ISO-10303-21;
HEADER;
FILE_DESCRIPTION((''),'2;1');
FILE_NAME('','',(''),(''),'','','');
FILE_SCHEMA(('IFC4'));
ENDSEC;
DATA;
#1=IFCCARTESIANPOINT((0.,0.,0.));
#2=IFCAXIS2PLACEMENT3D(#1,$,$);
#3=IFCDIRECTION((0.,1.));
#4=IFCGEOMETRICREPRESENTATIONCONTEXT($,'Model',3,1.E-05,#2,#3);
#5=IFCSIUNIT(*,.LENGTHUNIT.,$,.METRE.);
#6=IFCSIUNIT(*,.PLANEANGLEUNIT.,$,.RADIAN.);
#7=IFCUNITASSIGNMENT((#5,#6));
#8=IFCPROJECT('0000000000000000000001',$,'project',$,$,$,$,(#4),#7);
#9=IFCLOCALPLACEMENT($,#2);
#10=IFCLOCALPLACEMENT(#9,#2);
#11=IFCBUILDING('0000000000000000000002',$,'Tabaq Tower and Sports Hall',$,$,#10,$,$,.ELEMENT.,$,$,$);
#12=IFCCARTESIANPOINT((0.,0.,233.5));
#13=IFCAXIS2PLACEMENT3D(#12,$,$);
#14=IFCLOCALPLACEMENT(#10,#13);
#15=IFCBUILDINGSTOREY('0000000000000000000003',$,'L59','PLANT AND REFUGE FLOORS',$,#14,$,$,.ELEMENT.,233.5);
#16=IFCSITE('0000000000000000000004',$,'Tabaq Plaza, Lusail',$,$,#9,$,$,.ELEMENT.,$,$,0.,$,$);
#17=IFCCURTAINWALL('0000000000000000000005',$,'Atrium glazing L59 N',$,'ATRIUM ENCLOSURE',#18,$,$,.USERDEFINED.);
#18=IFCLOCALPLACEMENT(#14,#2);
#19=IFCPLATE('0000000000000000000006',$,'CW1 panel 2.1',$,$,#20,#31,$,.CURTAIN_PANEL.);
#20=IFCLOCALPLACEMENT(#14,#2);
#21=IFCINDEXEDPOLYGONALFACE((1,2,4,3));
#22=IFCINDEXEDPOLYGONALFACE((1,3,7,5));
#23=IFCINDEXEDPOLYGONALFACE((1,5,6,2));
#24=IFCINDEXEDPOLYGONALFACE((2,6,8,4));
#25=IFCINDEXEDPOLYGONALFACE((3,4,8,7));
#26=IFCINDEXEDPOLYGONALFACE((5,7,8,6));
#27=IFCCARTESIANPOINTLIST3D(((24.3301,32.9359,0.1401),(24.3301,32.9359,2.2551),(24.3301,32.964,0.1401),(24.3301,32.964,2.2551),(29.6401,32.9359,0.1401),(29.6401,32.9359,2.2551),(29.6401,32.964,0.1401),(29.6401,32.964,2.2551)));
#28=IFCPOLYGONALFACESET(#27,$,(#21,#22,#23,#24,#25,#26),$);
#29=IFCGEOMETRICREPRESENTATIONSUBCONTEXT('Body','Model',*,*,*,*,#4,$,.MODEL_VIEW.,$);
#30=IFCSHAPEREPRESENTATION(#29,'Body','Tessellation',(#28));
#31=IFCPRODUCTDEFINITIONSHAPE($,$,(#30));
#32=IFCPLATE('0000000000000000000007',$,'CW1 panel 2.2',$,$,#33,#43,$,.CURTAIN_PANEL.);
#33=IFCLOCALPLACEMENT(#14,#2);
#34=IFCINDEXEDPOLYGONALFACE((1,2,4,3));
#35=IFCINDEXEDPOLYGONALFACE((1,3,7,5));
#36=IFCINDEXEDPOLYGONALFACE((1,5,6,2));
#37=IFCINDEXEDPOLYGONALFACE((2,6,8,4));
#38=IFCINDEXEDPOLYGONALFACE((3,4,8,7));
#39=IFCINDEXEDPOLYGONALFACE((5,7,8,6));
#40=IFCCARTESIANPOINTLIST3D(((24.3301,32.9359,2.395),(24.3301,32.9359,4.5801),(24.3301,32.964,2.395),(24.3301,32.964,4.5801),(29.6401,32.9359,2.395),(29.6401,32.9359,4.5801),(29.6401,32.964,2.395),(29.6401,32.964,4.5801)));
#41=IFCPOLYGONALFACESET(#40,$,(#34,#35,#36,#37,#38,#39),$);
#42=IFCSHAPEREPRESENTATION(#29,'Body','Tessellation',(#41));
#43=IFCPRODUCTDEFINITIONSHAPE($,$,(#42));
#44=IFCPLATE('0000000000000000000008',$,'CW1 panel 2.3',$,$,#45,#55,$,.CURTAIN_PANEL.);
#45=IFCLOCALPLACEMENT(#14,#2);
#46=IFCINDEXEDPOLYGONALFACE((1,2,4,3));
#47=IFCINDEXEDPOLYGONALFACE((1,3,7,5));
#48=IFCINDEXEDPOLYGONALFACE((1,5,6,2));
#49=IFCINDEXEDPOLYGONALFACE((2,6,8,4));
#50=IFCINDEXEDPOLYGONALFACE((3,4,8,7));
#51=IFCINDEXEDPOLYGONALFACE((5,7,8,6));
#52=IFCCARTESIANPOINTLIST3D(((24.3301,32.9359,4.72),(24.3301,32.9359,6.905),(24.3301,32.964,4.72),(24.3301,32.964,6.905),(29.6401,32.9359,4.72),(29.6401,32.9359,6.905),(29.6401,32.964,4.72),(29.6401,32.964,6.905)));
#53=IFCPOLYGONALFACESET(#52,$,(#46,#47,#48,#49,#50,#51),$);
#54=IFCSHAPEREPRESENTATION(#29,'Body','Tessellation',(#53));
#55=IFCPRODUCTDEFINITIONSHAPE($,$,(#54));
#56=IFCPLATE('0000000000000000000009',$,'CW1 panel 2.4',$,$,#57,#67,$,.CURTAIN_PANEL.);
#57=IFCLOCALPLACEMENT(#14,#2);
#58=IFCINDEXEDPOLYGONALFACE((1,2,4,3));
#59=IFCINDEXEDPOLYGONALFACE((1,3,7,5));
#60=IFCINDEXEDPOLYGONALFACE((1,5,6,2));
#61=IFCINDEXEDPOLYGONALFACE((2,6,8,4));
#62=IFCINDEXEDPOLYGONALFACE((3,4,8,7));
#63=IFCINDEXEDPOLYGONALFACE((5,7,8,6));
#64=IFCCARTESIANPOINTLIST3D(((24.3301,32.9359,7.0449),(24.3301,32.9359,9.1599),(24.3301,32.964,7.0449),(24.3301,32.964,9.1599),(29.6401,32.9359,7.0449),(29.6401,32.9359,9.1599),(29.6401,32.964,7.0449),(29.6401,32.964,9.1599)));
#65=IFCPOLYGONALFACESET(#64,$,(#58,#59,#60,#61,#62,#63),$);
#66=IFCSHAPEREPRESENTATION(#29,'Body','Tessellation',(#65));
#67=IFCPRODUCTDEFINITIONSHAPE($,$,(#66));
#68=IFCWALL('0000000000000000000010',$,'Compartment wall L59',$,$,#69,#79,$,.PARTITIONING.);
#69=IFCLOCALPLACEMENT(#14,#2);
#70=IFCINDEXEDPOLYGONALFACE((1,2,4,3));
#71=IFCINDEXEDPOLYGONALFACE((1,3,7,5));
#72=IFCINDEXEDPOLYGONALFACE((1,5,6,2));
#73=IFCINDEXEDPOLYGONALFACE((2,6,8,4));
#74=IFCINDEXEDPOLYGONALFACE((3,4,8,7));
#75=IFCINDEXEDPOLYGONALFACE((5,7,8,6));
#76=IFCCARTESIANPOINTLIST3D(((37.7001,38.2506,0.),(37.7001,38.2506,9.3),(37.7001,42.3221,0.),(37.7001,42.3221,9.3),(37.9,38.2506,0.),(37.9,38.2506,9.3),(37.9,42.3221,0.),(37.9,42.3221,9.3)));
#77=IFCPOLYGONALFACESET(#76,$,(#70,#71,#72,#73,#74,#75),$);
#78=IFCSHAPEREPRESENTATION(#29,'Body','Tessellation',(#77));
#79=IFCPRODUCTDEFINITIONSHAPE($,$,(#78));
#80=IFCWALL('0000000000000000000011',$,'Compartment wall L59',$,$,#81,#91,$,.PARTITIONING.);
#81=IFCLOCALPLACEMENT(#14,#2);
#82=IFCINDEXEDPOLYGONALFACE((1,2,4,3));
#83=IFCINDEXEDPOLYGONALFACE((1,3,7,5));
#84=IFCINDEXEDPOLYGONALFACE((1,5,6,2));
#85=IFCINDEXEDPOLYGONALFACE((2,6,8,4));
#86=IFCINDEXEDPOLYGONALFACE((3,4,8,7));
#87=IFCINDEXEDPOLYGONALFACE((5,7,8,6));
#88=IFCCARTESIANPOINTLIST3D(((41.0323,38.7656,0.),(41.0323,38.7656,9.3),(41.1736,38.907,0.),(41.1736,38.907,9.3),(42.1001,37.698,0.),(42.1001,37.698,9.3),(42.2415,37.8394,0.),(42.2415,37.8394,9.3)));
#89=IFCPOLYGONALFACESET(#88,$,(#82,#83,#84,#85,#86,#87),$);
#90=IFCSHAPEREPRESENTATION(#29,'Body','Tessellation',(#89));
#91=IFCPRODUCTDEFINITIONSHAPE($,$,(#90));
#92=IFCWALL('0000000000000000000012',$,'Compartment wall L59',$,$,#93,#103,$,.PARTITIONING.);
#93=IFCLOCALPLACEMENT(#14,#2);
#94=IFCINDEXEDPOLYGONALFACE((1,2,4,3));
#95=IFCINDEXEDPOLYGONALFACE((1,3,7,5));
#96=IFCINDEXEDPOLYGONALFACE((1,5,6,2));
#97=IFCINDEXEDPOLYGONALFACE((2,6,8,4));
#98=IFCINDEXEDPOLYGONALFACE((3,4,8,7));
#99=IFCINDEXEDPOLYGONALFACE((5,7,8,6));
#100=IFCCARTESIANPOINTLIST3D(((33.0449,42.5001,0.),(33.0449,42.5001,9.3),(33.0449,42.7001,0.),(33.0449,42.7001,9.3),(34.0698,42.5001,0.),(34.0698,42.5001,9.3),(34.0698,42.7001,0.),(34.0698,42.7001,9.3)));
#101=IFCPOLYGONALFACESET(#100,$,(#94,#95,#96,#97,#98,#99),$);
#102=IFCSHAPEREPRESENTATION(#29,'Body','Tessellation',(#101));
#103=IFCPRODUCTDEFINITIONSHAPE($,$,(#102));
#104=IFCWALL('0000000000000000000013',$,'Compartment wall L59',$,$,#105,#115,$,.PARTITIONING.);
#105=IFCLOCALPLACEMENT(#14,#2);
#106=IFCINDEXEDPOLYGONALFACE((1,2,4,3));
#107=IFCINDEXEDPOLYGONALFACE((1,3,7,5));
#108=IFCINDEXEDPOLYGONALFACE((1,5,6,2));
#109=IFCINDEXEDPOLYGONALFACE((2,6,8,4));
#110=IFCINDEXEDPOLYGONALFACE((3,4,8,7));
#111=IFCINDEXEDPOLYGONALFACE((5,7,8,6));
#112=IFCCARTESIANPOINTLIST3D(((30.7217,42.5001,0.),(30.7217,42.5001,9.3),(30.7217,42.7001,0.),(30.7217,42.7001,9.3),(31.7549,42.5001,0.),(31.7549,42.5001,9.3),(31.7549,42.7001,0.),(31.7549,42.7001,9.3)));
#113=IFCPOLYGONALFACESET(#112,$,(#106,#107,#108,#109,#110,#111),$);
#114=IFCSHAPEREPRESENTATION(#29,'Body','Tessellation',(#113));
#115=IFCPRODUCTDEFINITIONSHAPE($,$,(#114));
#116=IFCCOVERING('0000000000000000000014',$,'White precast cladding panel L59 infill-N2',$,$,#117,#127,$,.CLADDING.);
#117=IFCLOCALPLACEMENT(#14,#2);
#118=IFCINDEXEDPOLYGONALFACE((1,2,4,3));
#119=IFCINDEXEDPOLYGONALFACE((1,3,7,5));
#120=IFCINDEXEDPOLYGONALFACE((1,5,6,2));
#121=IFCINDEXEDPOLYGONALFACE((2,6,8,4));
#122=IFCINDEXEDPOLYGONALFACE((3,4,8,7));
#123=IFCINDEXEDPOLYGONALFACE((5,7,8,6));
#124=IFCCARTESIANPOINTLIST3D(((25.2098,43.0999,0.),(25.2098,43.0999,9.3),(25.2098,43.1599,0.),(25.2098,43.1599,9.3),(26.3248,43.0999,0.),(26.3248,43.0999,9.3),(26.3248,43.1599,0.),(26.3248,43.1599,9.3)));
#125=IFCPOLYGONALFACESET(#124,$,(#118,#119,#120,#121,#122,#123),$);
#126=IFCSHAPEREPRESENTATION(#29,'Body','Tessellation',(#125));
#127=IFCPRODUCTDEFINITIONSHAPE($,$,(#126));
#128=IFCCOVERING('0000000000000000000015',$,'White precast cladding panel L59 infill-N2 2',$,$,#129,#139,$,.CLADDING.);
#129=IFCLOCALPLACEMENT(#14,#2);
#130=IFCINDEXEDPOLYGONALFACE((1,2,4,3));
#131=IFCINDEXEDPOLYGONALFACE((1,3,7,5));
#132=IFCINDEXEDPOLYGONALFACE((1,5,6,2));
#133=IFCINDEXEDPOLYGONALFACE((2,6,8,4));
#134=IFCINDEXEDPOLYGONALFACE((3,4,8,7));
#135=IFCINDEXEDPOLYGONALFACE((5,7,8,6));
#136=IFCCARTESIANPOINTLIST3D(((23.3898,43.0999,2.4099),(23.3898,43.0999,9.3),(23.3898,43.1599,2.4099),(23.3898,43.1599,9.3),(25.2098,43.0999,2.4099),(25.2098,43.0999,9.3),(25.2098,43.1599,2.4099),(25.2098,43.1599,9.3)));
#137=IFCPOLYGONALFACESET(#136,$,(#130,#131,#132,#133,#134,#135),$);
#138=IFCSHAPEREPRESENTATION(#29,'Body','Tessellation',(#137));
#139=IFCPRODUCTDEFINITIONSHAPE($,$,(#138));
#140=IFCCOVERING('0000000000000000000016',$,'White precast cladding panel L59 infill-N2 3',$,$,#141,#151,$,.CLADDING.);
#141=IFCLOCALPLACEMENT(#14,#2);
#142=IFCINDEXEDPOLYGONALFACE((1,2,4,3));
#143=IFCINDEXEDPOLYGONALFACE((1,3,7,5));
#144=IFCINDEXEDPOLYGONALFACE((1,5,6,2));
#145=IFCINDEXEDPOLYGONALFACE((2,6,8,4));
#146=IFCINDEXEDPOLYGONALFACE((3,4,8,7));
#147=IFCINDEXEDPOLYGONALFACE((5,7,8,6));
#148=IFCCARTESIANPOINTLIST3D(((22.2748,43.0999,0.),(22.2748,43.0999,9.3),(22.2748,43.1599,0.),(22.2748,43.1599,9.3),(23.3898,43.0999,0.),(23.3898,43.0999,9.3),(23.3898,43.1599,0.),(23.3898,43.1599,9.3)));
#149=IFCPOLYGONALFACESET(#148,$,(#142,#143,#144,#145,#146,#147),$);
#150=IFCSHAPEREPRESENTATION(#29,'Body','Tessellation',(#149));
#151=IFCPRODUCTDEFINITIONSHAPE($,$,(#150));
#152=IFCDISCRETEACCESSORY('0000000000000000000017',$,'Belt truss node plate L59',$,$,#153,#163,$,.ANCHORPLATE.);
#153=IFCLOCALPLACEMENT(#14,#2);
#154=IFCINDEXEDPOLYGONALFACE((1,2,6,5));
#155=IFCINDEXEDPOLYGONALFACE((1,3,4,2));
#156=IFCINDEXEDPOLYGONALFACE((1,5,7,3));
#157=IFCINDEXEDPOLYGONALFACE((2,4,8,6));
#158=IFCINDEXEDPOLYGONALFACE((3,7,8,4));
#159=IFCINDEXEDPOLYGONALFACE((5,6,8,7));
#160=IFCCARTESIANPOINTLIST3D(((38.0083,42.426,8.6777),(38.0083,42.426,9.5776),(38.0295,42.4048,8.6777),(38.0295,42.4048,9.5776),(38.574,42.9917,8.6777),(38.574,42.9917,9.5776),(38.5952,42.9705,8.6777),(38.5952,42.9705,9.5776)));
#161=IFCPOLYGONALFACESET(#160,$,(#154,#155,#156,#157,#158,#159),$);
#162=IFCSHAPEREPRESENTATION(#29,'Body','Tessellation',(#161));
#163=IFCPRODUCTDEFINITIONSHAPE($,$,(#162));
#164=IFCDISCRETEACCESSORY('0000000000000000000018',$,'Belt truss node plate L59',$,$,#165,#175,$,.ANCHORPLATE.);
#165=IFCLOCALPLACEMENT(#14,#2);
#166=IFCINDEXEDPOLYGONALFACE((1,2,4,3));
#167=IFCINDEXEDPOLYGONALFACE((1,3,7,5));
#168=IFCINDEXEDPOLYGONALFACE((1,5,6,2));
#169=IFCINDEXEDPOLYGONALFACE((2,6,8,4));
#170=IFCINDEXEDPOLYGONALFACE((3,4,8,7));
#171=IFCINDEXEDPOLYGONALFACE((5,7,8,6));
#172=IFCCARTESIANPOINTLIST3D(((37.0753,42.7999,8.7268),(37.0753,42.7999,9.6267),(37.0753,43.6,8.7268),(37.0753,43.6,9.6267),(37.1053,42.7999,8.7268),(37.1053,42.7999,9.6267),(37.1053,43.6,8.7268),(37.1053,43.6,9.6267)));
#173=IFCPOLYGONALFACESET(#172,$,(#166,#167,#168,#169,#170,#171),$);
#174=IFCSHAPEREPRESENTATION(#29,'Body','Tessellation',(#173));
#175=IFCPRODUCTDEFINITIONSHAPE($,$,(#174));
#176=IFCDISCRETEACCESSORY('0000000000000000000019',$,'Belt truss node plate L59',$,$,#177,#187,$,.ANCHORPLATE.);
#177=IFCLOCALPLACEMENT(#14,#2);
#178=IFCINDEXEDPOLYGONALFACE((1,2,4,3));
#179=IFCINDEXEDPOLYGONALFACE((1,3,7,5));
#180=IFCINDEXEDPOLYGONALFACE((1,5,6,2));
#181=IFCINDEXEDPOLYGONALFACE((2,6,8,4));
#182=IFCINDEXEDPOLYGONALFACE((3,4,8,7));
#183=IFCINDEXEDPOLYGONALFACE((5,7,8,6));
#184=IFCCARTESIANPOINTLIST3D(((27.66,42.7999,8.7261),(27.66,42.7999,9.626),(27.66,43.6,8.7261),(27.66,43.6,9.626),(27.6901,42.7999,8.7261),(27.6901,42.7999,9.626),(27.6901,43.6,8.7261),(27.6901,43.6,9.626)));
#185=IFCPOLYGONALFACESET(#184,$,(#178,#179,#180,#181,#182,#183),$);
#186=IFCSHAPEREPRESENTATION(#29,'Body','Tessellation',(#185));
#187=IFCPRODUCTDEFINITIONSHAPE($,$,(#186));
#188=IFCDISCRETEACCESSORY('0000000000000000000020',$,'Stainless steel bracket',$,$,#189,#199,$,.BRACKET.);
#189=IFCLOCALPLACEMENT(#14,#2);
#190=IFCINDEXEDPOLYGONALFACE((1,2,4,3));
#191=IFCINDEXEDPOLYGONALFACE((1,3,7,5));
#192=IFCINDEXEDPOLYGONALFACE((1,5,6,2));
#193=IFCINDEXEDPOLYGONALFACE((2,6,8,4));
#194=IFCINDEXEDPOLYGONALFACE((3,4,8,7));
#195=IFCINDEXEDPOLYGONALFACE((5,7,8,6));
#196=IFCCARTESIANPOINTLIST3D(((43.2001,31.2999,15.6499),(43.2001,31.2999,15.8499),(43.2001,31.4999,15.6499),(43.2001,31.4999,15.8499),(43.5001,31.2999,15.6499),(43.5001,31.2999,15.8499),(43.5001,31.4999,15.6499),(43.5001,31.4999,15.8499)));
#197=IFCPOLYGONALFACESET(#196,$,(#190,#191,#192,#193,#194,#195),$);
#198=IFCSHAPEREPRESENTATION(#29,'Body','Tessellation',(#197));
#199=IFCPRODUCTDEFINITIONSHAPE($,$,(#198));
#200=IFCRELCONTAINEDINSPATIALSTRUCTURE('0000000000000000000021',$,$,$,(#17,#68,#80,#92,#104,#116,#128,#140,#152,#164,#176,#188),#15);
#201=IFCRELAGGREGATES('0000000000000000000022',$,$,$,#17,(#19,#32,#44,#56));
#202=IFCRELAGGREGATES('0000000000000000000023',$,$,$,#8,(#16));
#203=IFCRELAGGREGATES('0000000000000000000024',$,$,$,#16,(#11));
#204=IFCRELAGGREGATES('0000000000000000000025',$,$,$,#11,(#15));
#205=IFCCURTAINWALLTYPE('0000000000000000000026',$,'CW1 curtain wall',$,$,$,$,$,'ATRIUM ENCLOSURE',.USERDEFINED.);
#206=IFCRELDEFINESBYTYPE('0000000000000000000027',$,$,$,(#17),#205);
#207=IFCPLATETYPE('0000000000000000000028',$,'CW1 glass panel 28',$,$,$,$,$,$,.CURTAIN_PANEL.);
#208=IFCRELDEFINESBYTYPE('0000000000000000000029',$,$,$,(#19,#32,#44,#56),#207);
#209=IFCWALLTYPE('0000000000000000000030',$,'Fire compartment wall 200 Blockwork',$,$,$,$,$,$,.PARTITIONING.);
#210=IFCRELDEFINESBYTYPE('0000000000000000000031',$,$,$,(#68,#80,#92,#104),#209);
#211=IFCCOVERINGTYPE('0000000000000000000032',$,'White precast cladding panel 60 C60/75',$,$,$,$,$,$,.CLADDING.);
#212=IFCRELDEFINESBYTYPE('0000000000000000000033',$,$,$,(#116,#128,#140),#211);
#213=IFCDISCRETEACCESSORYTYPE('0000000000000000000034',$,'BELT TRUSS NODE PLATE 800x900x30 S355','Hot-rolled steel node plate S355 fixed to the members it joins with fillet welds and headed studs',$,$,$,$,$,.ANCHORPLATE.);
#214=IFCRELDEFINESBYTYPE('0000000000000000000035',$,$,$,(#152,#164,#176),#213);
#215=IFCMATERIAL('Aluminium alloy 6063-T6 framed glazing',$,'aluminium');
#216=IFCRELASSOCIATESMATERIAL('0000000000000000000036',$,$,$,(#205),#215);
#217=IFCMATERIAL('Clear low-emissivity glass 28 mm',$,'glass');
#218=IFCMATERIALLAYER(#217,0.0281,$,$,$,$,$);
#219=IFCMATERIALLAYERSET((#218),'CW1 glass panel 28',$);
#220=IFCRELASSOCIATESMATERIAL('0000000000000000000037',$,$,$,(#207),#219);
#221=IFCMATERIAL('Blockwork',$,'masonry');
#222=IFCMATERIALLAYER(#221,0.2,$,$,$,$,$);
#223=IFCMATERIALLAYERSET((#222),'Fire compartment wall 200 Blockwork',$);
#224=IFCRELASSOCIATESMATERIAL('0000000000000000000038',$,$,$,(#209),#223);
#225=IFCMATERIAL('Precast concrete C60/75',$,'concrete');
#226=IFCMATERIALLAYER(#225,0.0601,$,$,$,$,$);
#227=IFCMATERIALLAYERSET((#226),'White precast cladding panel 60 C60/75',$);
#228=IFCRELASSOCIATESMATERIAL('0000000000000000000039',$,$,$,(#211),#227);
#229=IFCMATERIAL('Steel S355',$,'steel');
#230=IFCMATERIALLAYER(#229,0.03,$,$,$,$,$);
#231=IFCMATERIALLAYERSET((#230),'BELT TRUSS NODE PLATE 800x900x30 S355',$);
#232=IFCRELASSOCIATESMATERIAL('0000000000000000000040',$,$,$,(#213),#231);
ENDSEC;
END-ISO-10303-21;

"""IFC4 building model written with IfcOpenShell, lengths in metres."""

from ifc_helpers import new_model, si_unit, direction, frame, frame_2d, origin, origin_2d, place, context, subcontext, project, spatial, rectangle, extrude, material, layer, layer_set, type_object, element, aggregate, save


model = new_model("IFC4")

# Units and contexts
model_context = context("Model", 3, precision=1e-05, world=origin(), true_north=direction((0.0, 1.0)))
body_context = subcontext(model_context, "Body", "Model", "MODEL_VIEW")
ifc_project = project(units=[si_unit("LENGTHUNIT", "METRE"), si_unit("PLANEANGLEUNIT", "RADIAN")], contexts=[model_context])

# Site, building, storey
site_placement = place(None, origin())
site = spatial("IfcSite", under=ifc_project, at=site_placement, Name="Tabaq Plaza, Lusail", CompositionType="ELEMENT", RefElevation=0.0)
building_placement = place(site_placement, origin())
building = spatial("IfcBuilding", under=site, at=building_placement, Name="Tabaq Tower and Sports Hall", CompositionType="ELEMENT")
storey_placement = place(building_placement, frame((0.0, 0.0, 233.5)))
storey = spatial("IfcBuildingStorey", under=building, at=storey_placement, Name="L59", Description="PLANT AND REFUGE FLOORS", CompositionType="ELEMENT", Elevation=233.5)

# Curtain wall
ifc_material_1 = material(Name="Aluminium alloy 6063-T6 framed glazing", Category="aluminium")
curtain_wall_type = type_object("IfcCurtainWallType", Name="CW1 curtain wall", ElementType="ATRIUM ENCLOSURE", PredefinedType="USERDEFINED", material=ifc_material_1)
curtain_wall_placement = place(storey_placement, origin())
curtain_wall = element("IfcCurtainWall", 1, at=curtain_wall_placement, inside=storey, type_object=curtain_wall_type, Name="Atrium glazing L59 N", ObjectType="ATRIUM ENCLOSURE", PredefinedType="USERDEFINED")

# Plates
ifc_material_2 = material(Name="Clear low-emissivity glass 28 mm", Category="glass")
ifc_layer_1 = layer(ifc_material_2, 0.0281)
ifc_layer_set_1 = layer_set([ifc_layer_1], Name="CW1 glass panel 28")
plate_type_1 = type_object("IfcPlateType", Name="CW1 glass panel 28", PredefinedType="CURTAIN_PANEL", material=ifc_layer_set_1)
plate_1_placement = place(storey_placement, frame((26.9851, 32.95, 0.1401), z_axis=(0.0, 0.0, 1.0), x_axis=(1.0, 0.0, 0.0)))
plate_1 = element("IfcPlate", 2, at=plate_1_placement, type_object=plate_type_1, Name="CW1 panel 2.1", PredefinedType="CURTAIN_PANEL", context=body_context, shape_type="SweptSolid", body=[
    extrude(rectangle(XDim=5.3101, YDim=0.0281, at=origin_2d()), origin(), (0.0, 0.0, 1.0), 2.115),
])
plate_2_placement = place(storey_placement, frame((26.9851, 32.95, 2.395), z_axis=(0.0, 0.0, 1.0), x_axis=(1.0, 0.0, 0.0)))
plate_2 = element("IfcPlate", 3, at=plate_2_placement, type_object=plate_type_1, Name="CW1 panel 2.2", PredefinedType="CURTAIN_PANEL", context=body_context, shape_type="SweptSolid", body=[
    extrude(rectangle(XDim=5.3101, YDim=0.0281, at=origin_2d()), origin(), (0.0, 0.0, 1.0), 2.1851),
])
plate_3_placement = place(storey_placement, frame((26.9851, 32.95, 4.72), z_axis=(0.0, 0.0, 1.0), x_axis=(1.0, 0.0, 0.0)))
plate_3 = element("IfcPlate", 4, at=plate_3_placement, type_object=plate_type_1, Name="CW1 panel 2.3", PredefinedType="CURTAIN_PANEL", context=body_context, shape_type="SweptSolid", body=[
    extrude(rectangle(XDim=5.3101, YDim=0.0281, at=origin_2d()), origin(), (0.0, 0.0, 1.0), 2.1851),
])
plate_4_placement = place(storey_placement, frame((26.9851, 32.95, 7.0449), z_axis=(0.0, 0.0, 1.0), x_axis=(1.0, 0.0, 0.0)))
plate_4 = element("IfcPlate", 5, at=plate_4_placement, type_object=plate_type_1, Name="CW1 panel 2.4", PredefinedType="CURTAIN_PANEL", context=body_context, shape_type="SweptSolid", body=[
    extrude(rectangle(XDim=5.3101, YDim=0.0281, at=origin_2d()), origin(), (0.0, 0.0, 1.0), 2.115),
])
aggregate(curtain_wall, [plate_1, plate_2, plate_3, plate_4])

# Walls
ifc_material_3 = material(Name="Blockwork", Category="masonry")
ifc_layer_2 = layer(ifc_material_3, 0.2)
ifc_layer_set_2 = layer_set([ifc_layer_2], Name="Fire compartment wall 200 Blockwork")
wall_type_1 = type_object("IfcWallType", Name="Fire compartment wall 200 Blockwork", PredefinedType="PARTITIONING", material=ifc_layer_set_2)
wall_1_placement = place(storey_placement, frame((37.8, 38.2507, 0.0), z_axis=(0.0, 0.0, 1.0), x_axis=(0.0, 1.0, 0.0)))
element("IfcWall", 6, at=wall_1_placement, inside=storey, type_object=wall_type_1, Name="Compartment wall L59", PredefinedType="PARTITIONING", context=body_context, shape_type="SweptSolid", body=[
    extrude(rectangle(XDim=4.0715, YDim=0.2, at=frame_2d((2.0356, 0.0))), origin(), (0.0, 0.0, 1.0), 9.3),
])
wall_2_placement = place(storey_placement, frame((41.103, 38.8362, 0.0), z_axis=(0.0, 0.0, 1.0), x_axis=(0.707188, -0.707026, 0.0)))
element("IfcWall", 7, at=wall_2_placement, inside=storey, type_object=wall_type_1, Name="Compartment wall L59", PredefinedType="PARTITIONING", context=body_context, shape_type="SweptSolid", body=[
    extrude(rectangle(XDim=1.51, YDim=0.2, at=frame_2d((0.7549, 0.0))), origin(), (0.0, 0.0, 1.0), 9.3),
])
wall_3_placement = place(storey_placement, frame((33.0449, 42.6001, 0.0), z_axis=(0.0, 0.0, 1.0), x_axis=(1.0, 0.0, 0.0)))
element("IfcWall", 8, at=wall_3_placement, inside=storey, type_object=wall_type_1, Name="Compartment wall L59", PredefinedType="PARTITIONING", context=body_context, shape_type="SweptSolid", body=[
    extrude(rectangle(XDim=1.0249, YDim=0.2, at=frame_2d((0.5125, 0.0))), origin(), (0.0, 0.0, 1.0), 9.3),
])
wall_4_placement = place(storey_placement, frame((30.7217, 42.6001, 0.0), z_axis=(0.0, 0.0, 1.0), x_axis=(1.0, 0.0, 0.0)))
element("IfcWall", 9, at=wall_4_placement, inside=storey, type_object=wall_type_1, Name="Compartment wall L59", PredefinedType="PARTITIONING", context=body_context, shape_type="SweptSolid", body=[
    extrude(rectangle(XDim=1.0332, YDim=0.2, at=frame_2d((0.5166, 0.0))), origin(), (0.0, 0.0, 1.0), 9.3),
])

# Coverings
ifc_material_4 = material(Name="Precast concrete C60/75", Category="concrete")
ifc_layer_3 = layer(ifc_material_4, 0.0601)
ifc_layer_set_3 = layer_set([ifc_layer_3], Name="White precast cladding panel 60 C60/75")
covering_type = type_object("IfcCoveringType", Name="White precast cladding panel 60 C60/75", PredefinedType="CLADDING", material=ifc_layer_set_3)
covering_1_placement = place(storey_placement, frame((26.325, 43.1299, 0.0), z_axis=(0.0, 0.0, 1.0), x_axis=(-1.0, 0.0, 0.0)))
element("IfcCovering", 10, at=covering_1_placement, inside=storey, type_object=covering_type, Name="White precast cladding panel L59 infill-N2", PredefinedType="CLADDING", context=body_context, shape_type="SweptSolid", body=[
    extrude(rectangle(XDim=1.115, YDim=0.0601, at=frame_2d((0.5576, 0.0))), origin(), (0.0, 0.0, 1.0), 9.3),
])
covering_2_placement = place(storey_placement, frame((25.21, 43.1299, 2.4099), z_axis=(0.0, 0.0, 1.0), x_axis=(-1.0, 0.0, 0.0)))
element("IfcCovering", 11, at=covering_2_placement, inside=storey, type_object=covering_type, Name="White precast cladding panel L59 infill-N2 2", PredefinedType="CLADDING", context=body_context, shape_type="SweptSolid", body=[
    extrude(rectangle(XDim=1.8201, YDim=0.0601, at=frame_2d((0.9102, 0.0))), origin(), (0.0, 0.0, 1.0), 6.8901),
])
covering_3_placement = place(storey_placement, frame((23.3899, 43.1299, 0.0), z_axis=(0.0, 0.0, 1.0), x_axis=(-1.0, 0.0, 0.0)))
element("IfcCovering", 12, at=covering_3_placement, inside=storey, type_object=covering_type, Name="White precast cladding panel L59 infill-N2 3", PredefinedType="CLADDING", context=body_context, shape_type="SweptSolid", body=[
    extrude(rectangle(XDim=1.115, YDim=0.0601, at=frame_2d((0.5576, 0.0))), origin(), (0.0, 0.0, 1.0), 9.3),
])

# Discrete accessories
ifc_material_5 = material(Name="Steel S355", Category="steel")
ifc_layer_4 = layer(ifc_material_5, 0.03)
ifc_layer_set_4 = layer_set([ifc_layer_4], Name="BELT TRUSS NODE PLATE 800x900x30 S355")
discrete_accessory_type = type_object("IfcDiscreteAccessoryType", Name="BELT TRUSS NODE PLATE 800x900x30 S355", Description="Hot-rolled steel node plate S355 fixed to the members it joins with fillet welds and headed studs", PredefinedType="ANCHORPLATE", material=ifc_layer_set_4)
for number, where, z_axis, x_axis, name in (
    (13, (38.3018, 42.6982, 8.6777), (0.0, 0.0, 1.0), (-0.707107, 0.707107, 0.0), "Belt truss node plate L59"),
    (14, (37.0903, 43.2, 8.7268), (0.0, 0.0, 1.0), (-1.0, 0.0, 0.0), "Belt truss node plate L59"),
    (15, (27.675, 43.2, 8.7261), (0.0, 0.0, 1.0), (-1.0, 0.0, 0.0), "Belt truss node plate L59"),
):
    element("IfcDiscreteAccessory", number, at=place(storey_placement, frame(where, z_axis=z_axis, x_axis=x_axis)), inside=storey, type_object=discrete_accessory_type, Name=name, PredefinedType="ANCHORPLATE", context=body_context, shape_type="SweptSolid", body=[
        extrude(rectangle(XDim=0.03, YDim=0.8, at=origin_2d()), origin(), (0.0, 0.0, 1.0), 0.8999),
    ])
for number, where, z_axis, x_axis, name in (
    (16, (43.3501, 31.3999, 15.6499), (0.0, 0.0, 1.0), (0.0, 1.0, 0.0), "Stainless steel bracket"),
):
    element("IfcDiscreteAccessory", number, at=place(storey_placement, frame(where, z_axis=z_axis, x_axis=x_axis)), inside=storey, Name=name, PredefinedType="BRACKET", context=body_context, shape_type="SweptSolid", body=[
        extrude(rectangle(XDim=0.2, YDim=0.3, at=origin_2d()), origin(), (0.0, 0.0, 1.0), 0.2),
    ])

save(model, "model.ifc")
